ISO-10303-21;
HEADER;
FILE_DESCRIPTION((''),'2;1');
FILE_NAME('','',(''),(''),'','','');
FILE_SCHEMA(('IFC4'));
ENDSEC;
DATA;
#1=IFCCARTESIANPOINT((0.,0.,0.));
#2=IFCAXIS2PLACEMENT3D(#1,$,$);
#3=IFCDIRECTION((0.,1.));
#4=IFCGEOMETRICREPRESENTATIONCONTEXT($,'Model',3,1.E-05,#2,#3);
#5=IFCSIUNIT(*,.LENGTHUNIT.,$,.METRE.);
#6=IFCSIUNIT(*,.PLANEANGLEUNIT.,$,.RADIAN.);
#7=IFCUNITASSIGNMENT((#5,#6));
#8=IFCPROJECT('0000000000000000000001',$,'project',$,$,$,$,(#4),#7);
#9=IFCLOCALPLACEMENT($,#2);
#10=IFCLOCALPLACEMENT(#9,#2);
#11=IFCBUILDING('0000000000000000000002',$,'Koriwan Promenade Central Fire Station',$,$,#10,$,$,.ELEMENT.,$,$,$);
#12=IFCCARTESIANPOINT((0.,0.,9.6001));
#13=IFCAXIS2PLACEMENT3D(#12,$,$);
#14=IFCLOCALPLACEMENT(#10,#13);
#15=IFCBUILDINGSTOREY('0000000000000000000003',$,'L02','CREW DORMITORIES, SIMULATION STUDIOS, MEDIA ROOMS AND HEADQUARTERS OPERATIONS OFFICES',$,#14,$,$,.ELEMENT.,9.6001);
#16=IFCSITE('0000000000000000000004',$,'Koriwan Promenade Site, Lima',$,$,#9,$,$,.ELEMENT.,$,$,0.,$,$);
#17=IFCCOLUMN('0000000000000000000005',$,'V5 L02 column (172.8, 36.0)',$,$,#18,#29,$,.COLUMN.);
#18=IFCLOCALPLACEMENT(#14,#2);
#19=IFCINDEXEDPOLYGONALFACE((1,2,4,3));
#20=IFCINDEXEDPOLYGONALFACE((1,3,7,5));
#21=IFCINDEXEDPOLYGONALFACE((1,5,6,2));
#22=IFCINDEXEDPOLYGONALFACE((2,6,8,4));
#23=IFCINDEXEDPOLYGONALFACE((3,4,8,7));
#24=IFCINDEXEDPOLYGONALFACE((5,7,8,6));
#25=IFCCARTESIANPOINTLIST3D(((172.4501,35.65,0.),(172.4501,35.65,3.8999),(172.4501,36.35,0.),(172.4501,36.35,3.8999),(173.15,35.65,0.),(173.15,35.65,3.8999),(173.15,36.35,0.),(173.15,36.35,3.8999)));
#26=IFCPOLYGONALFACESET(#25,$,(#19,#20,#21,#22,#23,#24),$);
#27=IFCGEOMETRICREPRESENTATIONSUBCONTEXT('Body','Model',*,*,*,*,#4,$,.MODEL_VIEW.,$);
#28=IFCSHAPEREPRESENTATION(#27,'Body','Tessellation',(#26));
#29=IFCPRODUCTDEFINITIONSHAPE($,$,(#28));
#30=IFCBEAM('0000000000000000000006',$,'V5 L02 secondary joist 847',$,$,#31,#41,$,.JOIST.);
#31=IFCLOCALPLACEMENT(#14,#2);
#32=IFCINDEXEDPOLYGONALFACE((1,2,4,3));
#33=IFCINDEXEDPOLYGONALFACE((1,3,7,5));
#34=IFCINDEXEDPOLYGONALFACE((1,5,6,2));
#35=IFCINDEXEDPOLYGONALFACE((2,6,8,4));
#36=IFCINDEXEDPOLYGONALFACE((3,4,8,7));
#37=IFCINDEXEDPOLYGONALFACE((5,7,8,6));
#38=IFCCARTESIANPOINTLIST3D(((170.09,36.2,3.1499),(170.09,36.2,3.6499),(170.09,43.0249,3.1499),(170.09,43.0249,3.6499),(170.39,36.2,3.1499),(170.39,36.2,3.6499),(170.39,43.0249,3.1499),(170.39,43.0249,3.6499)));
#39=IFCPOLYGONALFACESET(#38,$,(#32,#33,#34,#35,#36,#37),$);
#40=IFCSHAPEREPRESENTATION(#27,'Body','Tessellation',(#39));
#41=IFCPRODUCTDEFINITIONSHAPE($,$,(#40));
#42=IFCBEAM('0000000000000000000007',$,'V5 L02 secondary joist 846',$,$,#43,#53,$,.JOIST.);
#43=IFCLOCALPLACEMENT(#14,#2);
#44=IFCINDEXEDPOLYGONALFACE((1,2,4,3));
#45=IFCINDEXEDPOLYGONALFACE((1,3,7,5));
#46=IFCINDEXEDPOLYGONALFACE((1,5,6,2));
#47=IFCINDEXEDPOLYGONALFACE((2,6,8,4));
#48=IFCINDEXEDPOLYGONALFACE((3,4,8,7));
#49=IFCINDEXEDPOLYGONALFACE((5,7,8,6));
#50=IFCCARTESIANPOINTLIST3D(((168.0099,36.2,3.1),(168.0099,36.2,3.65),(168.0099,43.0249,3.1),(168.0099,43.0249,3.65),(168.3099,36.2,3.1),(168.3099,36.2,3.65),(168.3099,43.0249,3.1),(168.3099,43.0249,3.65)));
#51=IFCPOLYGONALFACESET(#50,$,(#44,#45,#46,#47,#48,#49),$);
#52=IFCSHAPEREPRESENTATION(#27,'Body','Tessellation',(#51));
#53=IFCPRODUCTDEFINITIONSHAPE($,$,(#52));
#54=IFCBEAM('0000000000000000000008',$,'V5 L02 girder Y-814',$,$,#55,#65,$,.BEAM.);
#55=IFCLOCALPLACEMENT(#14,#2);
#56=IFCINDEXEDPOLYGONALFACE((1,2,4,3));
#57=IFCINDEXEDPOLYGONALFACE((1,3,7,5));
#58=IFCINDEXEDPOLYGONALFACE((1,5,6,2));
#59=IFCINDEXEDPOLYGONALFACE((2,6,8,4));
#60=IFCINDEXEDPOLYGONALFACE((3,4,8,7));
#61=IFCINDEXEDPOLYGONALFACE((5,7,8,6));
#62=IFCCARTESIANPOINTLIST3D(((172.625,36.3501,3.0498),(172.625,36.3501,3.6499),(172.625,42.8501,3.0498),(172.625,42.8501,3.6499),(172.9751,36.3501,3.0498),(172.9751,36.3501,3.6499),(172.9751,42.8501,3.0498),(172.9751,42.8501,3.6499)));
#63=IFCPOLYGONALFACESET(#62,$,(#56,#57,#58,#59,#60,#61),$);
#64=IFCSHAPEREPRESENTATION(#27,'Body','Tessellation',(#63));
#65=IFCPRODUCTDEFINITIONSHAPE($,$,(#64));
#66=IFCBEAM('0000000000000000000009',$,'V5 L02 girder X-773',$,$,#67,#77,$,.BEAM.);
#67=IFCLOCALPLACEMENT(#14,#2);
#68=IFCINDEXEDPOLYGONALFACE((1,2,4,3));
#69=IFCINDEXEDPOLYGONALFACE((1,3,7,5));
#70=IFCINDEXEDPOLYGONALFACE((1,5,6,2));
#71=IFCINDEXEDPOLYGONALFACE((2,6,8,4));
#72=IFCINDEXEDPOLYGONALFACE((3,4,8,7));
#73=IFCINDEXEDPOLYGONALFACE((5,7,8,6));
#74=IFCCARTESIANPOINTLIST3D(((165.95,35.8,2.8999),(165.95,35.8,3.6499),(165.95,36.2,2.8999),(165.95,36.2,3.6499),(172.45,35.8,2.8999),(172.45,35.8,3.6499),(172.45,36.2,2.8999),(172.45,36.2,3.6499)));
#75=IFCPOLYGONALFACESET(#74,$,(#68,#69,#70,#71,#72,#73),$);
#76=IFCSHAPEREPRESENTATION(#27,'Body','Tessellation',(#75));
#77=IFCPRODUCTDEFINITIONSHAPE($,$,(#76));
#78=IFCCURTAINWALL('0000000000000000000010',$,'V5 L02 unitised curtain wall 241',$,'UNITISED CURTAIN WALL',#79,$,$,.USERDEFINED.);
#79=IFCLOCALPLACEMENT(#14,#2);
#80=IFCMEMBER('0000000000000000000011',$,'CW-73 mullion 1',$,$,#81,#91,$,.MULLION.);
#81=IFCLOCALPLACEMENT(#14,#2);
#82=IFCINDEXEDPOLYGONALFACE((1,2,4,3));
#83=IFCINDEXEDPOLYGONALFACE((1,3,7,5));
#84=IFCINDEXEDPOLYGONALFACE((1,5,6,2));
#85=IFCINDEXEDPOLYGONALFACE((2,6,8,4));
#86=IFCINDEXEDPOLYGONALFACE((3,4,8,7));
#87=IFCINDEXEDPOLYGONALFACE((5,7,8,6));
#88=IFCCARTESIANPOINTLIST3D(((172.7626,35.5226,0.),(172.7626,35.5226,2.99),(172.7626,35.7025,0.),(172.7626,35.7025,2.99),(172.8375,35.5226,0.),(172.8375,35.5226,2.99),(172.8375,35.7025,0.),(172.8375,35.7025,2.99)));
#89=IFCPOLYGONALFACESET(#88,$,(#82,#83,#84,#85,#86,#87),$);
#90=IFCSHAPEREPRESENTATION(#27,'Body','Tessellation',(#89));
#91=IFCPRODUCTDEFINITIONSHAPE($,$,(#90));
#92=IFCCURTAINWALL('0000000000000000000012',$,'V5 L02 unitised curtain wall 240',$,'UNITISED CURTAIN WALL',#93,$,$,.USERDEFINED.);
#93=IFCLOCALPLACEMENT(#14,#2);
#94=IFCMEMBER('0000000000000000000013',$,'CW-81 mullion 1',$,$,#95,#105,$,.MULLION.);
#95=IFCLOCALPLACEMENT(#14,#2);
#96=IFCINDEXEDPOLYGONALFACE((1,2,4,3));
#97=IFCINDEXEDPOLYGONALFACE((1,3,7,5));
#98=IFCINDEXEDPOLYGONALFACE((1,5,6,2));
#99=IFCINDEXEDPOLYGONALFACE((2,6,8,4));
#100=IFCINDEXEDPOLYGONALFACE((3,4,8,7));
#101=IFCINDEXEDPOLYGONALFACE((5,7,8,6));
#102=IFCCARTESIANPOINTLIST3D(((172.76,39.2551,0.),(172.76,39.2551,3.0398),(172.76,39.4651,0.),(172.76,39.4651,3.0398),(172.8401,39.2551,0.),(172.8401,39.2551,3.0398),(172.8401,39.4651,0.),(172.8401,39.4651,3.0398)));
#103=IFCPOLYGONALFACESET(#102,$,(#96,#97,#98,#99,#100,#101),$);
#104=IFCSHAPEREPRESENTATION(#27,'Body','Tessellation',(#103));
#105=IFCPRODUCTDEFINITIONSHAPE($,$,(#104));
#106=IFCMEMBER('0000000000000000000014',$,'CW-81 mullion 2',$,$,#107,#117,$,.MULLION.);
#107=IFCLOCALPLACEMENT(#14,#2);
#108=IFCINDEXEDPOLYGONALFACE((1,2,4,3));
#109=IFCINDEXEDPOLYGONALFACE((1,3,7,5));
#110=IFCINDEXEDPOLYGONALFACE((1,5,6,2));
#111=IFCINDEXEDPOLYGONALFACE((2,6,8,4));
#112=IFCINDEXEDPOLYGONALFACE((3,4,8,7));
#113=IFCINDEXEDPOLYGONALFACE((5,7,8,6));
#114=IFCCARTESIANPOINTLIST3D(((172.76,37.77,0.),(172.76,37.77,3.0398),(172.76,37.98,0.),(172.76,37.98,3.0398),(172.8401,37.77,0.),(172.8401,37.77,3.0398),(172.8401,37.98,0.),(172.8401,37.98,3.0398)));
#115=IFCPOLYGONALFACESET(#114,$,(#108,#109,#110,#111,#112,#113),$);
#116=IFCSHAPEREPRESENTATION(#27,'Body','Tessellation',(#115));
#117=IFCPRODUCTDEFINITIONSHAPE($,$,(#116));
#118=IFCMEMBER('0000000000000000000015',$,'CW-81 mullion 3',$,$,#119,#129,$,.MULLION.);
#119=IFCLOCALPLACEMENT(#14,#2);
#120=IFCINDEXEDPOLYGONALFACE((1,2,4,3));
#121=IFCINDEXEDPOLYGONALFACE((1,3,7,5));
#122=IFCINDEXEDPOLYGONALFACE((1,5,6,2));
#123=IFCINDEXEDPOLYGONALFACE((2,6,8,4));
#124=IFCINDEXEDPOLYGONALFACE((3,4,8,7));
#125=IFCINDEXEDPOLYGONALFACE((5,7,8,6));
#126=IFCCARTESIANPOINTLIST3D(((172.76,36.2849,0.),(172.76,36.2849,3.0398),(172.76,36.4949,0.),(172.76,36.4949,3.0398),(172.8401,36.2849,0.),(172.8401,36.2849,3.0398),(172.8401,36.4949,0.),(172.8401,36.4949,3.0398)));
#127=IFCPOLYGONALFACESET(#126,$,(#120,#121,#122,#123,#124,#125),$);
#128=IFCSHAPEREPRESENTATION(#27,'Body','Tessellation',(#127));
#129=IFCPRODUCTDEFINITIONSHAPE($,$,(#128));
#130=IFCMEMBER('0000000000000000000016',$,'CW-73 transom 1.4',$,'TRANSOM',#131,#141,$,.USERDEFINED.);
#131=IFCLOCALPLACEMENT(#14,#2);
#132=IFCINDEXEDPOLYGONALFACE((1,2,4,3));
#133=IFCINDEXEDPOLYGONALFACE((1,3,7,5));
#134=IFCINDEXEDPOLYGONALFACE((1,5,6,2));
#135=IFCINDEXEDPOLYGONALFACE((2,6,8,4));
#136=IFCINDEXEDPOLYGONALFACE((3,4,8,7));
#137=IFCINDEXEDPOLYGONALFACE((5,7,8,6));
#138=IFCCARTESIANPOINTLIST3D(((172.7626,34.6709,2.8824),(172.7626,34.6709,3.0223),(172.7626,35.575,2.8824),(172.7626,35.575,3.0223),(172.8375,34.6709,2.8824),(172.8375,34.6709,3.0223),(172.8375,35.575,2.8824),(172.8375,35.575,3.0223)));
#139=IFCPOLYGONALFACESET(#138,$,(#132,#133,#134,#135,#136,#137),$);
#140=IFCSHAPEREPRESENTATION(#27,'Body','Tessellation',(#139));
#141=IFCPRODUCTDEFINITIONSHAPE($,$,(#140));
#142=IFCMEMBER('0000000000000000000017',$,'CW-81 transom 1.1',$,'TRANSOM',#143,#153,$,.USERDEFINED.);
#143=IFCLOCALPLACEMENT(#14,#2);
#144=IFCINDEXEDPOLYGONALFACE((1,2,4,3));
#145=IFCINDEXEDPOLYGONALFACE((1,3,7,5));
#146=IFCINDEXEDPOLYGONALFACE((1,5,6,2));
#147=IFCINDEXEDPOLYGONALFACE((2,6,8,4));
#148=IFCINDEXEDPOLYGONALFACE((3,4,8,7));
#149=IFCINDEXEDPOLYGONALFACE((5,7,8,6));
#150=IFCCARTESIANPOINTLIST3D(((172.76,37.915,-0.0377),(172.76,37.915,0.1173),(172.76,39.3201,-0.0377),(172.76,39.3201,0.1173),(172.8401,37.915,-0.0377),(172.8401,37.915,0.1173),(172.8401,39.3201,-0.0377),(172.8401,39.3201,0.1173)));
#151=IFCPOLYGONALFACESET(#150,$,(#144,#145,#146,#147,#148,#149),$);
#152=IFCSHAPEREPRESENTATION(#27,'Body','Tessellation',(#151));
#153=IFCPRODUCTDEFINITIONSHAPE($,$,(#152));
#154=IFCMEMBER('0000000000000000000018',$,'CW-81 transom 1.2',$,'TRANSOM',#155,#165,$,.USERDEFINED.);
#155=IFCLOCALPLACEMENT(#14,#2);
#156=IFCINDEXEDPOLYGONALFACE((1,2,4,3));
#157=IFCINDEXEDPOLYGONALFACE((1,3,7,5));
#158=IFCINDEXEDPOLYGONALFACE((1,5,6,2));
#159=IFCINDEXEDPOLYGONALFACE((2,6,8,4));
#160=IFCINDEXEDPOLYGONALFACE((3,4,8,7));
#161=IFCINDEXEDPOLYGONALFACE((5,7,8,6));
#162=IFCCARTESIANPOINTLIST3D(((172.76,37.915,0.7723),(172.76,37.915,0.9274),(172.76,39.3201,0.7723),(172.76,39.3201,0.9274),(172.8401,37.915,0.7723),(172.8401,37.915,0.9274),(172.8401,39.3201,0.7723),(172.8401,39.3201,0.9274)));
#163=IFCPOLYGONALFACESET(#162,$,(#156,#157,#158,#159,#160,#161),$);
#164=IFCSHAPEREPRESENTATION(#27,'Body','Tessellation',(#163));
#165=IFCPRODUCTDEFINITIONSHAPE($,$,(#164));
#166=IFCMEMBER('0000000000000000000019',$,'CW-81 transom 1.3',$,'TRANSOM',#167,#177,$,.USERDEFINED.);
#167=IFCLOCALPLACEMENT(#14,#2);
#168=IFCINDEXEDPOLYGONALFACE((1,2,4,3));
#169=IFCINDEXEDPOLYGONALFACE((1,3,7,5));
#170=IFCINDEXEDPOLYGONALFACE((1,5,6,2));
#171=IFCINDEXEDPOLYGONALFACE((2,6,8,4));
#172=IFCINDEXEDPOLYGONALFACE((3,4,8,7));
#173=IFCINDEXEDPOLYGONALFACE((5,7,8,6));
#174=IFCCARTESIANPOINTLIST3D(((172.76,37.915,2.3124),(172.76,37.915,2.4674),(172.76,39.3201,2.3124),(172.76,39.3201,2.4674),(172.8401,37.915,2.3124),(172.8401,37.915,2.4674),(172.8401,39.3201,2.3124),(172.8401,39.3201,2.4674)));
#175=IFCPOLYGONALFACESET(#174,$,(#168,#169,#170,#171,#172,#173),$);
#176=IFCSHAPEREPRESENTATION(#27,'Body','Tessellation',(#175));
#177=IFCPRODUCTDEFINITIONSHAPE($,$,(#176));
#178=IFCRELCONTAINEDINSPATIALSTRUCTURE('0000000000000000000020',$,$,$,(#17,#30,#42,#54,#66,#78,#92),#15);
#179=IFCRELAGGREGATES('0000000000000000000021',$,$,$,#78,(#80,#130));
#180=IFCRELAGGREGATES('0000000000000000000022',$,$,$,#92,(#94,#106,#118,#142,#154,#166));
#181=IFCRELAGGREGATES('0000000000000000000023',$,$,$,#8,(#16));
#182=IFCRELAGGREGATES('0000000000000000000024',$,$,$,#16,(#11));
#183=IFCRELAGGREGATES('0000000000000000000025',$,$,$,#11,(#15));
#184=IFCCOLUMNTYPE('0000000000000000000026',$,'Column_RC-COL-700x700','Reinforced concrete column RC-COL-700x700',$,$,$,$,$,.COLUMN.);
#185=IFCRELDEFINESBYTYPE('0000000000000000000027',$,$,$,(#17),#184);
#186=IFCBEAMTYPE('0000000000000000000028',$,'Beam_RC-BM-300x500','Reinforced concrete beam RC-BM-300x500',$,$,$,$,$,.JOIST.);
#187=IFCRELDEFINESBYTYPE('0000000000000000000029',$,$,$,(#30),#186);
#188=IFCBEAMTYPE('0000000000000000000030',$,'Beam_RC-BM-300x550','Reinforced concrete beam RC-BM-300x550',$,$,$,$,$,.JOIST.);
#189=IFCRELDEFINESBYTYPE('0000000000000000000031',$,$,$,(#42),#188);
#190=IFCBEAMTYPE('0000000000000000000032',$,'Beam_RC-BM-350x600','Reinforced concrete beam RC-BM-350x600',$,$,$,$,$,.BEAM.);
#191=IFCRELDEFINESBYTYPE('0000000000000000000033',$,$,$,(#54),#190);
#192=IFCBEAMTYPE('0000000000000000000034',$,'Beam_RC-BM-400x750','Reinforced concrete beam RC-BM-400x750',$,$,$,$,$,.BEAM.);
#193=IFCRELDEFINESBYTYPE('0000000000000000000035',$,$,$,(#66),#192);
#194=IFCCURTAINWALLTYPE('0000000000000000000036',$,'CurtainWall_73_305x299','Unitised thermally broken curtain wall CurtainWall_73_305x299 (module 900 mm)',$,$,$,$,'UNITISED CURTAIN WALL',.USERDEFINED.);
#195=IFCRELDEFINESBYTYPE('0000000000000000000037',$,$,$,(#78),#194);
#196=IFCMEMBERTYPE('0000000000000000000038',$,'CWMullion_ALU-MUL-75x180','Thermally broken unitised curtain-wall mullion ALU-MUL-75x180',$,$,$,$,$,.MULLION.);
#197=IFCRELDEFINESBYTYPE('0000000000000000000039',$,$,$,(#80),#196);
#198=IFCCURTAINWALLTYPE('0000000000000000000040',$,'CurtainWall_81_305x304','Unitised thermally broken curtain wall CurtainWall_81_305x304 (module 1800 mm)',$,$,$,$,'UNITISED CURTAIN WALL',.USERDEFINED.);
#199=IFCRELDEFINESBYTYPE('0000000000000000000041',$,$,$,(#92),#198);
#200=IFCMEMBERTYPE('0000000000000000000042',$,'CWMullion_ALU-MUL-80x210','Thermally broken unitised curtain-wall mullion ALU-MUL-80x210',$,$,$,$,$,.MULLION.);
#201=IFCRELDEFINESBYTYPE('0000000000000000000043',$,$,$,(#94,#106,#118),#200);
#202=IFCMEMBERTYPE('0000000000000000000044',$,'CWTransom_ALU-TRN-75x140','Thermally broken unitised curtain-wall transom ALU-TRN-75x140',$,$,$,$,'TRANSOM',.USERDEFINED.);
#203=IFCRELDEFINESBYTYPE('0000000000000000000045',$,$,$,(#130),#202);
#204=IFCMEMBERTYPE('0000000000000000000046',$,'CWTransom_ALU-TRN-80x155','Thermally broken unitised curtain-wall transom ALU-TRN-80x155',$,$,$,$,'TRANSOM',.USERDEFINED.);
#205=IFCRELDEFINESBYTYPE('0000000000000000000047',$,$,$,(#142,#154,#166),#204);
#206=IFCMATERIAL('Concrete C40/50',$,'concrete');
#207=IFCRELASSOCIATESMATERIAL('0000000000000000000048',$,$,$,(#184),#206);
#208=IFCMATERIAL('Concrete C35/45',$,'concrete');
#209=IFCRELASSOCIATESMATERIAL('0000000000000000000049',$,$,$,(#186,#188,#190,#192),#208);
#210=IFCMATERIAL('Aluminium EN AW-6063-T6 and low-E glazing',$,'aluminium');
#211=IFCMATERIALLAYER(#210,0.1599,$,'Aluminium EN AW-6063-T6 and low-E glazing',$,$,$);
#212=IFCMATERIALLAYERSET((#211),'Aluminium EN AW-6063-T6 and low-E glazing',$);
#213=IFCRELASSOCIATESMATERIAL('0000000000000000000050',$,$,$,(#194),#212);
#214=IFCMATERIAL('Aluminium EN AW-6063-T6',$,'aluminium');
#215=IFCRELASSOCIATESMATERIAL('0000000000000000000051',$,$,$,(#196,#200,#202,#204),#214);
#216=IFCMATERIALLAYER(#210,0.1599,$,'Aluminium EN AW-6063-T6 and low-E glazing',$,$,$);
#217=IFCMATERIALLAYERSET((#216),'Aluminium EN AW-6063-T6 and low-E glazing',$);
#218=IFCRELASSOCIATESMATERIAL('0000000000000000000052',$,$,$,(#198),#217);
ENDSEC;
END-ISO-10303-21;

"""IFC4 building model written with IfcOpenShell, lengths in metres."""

from ifc_helpers import new_model, si_unit, direction, frame, origin, origin_2d, place, context, subcontext, project, spatial, rectangle, extrude, material, layer, layer_set, material_profile, profile_set, type_object, element, aggregate, save


model = new_model("IFC4")

# Units and contexts
model_context = context("Model", 3, precision=1e-05, world=origin(), true_north=direction((0.0, 1.0)))
body_context = subcontext(model_context, "Body", "Model", "MODEL_VIEW")
ifc_project = project(units=[si_unit("LENGTHUNIT", "METRE"), si_unit("PLANEANGLEUNIT", "RADIAN")], contexts=[model_context])

# Site, building, storey
site_placement = place(None, origin())
site = spatial("IfcSite", under=ifc_project, at=site_placement, Name="Koriwan Promenade Site, Lima", CompositionType="ELEMENT", RefElevation=0.0)
building_placement = place(site_placement, origin())
building = spatial("IfcBuilding", under=site, at=building_placement, Name="Koriwan Promenade Central Fire Station", CompositionType="ELEMENT")
storey_placement = place(building_placement, frame((0.0, 0.0, 9.6001)))
storey = spatial("IfcBuildingStorey", under=building, at=storey_placement, Name="L02", Description="CREW DORMITORIES, SIMULATION STUDIOS, MEDIA ROOMS AND HEADQUARTERS OPERATIONS OFFICES", CompositionType="ELEMENT", Elevation=9.6001)

# Column
ifc_material_1 = material(Name="Concrete C40/50", Category="concrete")
ifc_material_profile_1 = material_profile(ifc_material_1, rectangle(XDim=0.7, YDim=0.7, at=origin_2d()), Name="RC-COL-700x700")
ifc_profile_set_1 = profile_set([ifc_material_profile_1], Name="Concrete C40/50")
column_type = type_object("IfcColumnType", Name="Column_RC-COL-700x700", Description="Reinforced concrete column RC-COL-700x700", PredefinedType="COLUMN", material=ifc_profile_set_1)
column_placement = place(storey_placement, frame((172.8, 36.0, 0.0), z_axis=(0.0, 0.0, 1.0), x_axis=(1.0, 0.0, 0.0)))
element("IfcColumn", 1, at=column_placement, inside=storey, type_object=column_type, Name="V5 L02 column (172.8, 36.0)", PredefinedType="COLUMN", context=body_context, shape_type="SweptSolid", body=[
    extrude(rectangle(XDim=0.7, YDim=0.7, at=origin_2d()), origin(), (0.0, 0.0, 1.0), 3.8999),
])

# Beams
ifc_material_2 = material(Name="Concrete C35/45", Category="concrete")
ifc_material_profile_2 = material_profile(ifc_material_2, rectangle(XDim=0.3, YDim=0.5, at=origin_2d()), Name="RC-BM-300x500")
ifc_profile_set_2 = profile_set([ifc_material_profile_2], Name="Concrete C35/45")
beam_type_1 = type_object("IfcBeamType", Name="Beam_RC-BM-300x500", Description="Reinforced concrete beam RC-BM-300x500", PredefinedType="JOIST", material=ifc_profile_set_2)
beam_1_placement = place(storey_placement, frame((170.24, 36.2, 3.3999), z_axis=(0.0, 1.0, 0.0), x_axis=(-1.0, 0.0, 0.0)))
element("IfcBeam", 2, at=beam_1_placement, inside=storey, type_object=beam_type_1, Name="V5 L02 secondary joist 847", PredefinedType="JOIST", context=body_context, shape_type="SweptSolid", body=[
    extrude(rectangle(XDim=0.3, YDim=0.5, at=origin_2d()), origin(), (0.0, 0.0, 1.0), 6.825),
])
ifc_material_profile_3 = material_profile(ifc_material_2, rectangle(XDim=0.3, YDim=0.55, at=origin_2d()), Name="RC-BM-300x550")
ifc_profile_set_3 = profile_set([ifc_material_profile_3], Name="Concrete C35/45")
beam_type_2 = type_object("IfcBeamType", Name="Beam_RC-BM-300x550", Description="Reinforced concrete beam RC-BM-300x550", PredefinedType="JOIST", material=ifc_profile_set_3)
beam_2_placement = place(storey_placement, frame((168.1599, 36.2, 3.375), z_axis=(0.0, 1.0, 0.0), x_axis=(-1.0, 0.0, 0.0)))
element("IfcBeam", 3, at=beam_2_placement, inside=storey, type_object=beam_type_2, Name="V5 L02 secondary joist 846", PredefinedType="JOIST", context=body_context, shape_type="SweptSolid", body=[
    extrude(rectangle(XDim=0.3, YDim=0.55, at=origin_2d()), origin(), (0.0, 0.0, 1.0), 6.825),
])
ifc_material_profile_4 = material_profile(ifc_material_2, rectangle(XDim=0.3501, YDim=0.6001, at=origin_2d()), Name="RC-BM-350x600")
ifc_profile_set_4 = profile_set([ifc_material_profile_4], Name="Concrete C35/45")
beam_type_3 = type_object("IfcBeamType", Name="Beam_RC-BM-350x600", Description="Reinforced concrete beam RC-BM-350x600", PredefinedType="BEAM", material=ifc_profile_set_4)
beam_3_placement = place(storey_placement, frame((172.8, 36.3501, 3.3499), z_axis=(0.0, 1.0, 0.0), x_axis=(-1.0, 0.0, 0.0)))
element("IfcBeam", 4, at=beam_3_placement, inside=storey, type_object=beam_type_3, Name="V5 L02 girder Y-814", PredefinedType="BEAM", context=body_context, shape_type="SweptSolid", body=[
    extrude(rectangle(XDim=0.3501, YDim=0.6001, at=origin_2d()), origin(), (0.0, 0.0, 1.0), 6.5),
])
ifc_material_profile_5 = material_profile(ifc_material_2, rectangle(XDim=0.3999, YDim=0.75, at=origin_2d()), Name="RC-BM-400x750")
ifc_profile_set_5 = profile_set([ifc_material_profile_5], Name="Concrete C35/45")
beam_type_4 = type_object("IfcBeamType", Name="Beam_RC-BM-400x750", Description="Reinforced concrete beam RC-BM-400x750", PredefinedType="BEAM", material=ifc_profile_set_5)
beam_4_placement = place(storey_placement, frame((165.95, 36.0, 3.2749), z_axis=(1.0, 0.0, 0.0), x_axis=(0.0, 1.0, 0.0)))
element("IfcBeam", 5, at=beam_4_placement, inside=storey, type_object=beam_type_4, Name="V5 L02 girder X-773", PredefinedType="BEAM", context=body_context, shape_type="SweptSolid", body=[
    extrude(rectangle(XDim=0.3999, YDim=0.75, at=origin_2d()), origin(), (0.0, 0.0, 1.0), 6.5),
])

# Curtain wall, member
ifc_material_3 = material(Name="Aluminium EN AW-6063-T6 and low-E glazing", Category="aluminium")
ifc_layer_1 = layer(ifc_material_3, 0.1599, Name="Aluminium EN AW-6063-T6 and low-E glazing")
ifc_layer_set_1 = layer_set([ifc_layer_1], Name="Aluminium EN AW-6063-T6 and low-E glazing")
curtain_wall_type_1 = type_object("IfcCurtainWallType", Name="CurtainWall_73_305x299", Description="Unitised thermally broken curtain wall CurtainWall_73_305x299 (module 900 mm)", ElementType="UNITISED CURTAIN WALL", PredefinedType="USERDEFINED", material=ifc_layer_set_1)
curtain_wall_1_placement = place(storey_placement, origin())
curtain_wall_1 = element("IfcCurtainWall", 6, at=curtain_wall_1_placement, inside=storey, type_object=curtain_wall_type_1, Name="V5 L02 unitised curtain wall 241", ObjectType="UNITISED CURTAIN WALL", PredefinedType="USERDEFINED")
ifc_material_4 = material(Name="Aluminium EN AW-6063-T6", Category="aluminium")
ifc_material_profile_6 = material_profile(ifc_material_4, rectangle(XDim=0.075, YDim=0.1799, at=origin_2d()), Name="ALU-MUL-75x180")
ifc_profile_set_6 = profile_set([ifc_material_profile_6], Name="Aluminium EN AW-6063-T6")
member_type_1 = type_object("IfcMemberType", Name="CWMullion_ALU-MUL-75x180", Description="Thermally broken unitised curtain-wall mullion ALU-MUL-75x180", PredefinedType="MULLION", material=ifc_profile_set_6)
member_1_placement = place(storey_placement, frame((172.8, 35.6125, 0.0), z_axis=(0.0, 0.0, 1.0), x_axis=(1.0, 0.0, 0.0)))
member_1 = element("IfcMember", 7, at=member_1_placement, type_object=member_type_1, Name="CW-73 mullion 1", PredefinedType="MULLION", context=body_context, shape_type="SweptSolid", body=[
    extrude(rectangle(XDim=0.075, YDim=0.1799, at=origin_2d()), origin(), (0.0, 0.0, 1.0), 2.99),
])

# Curtain wall, members
ifc_layer_2 = layer(ifc_material_3, 0.1599, Name="Aluminium EN AW-6063-T6 and low-E glazing")
ifc_layer_set_2 = layer_set([ifc_layer_2], Name="Aluminium EN AW-6063-T6 and low-E glazing")
curtain_wall_type_2 = type_object("IfcCurtainWallType", Name="CurtainWall_81_305x304", Description="Unitised thermally broken curtain wall CurtainWall_81_305x304 (module 1800 mm)", ElementType="UNITISED CURTAIN WALL", PredefinedType="USERDEFINED", material=ifc_layer_set_2)
curtain_wall_2_placement = place(storey_placement, origin())
curtain_wall_2 = element("IfcCurtainWall", 8, at=curtain_wall_2_placement, inside=storey, type_object=curtain_wall_type_2, Name="V5 L02 unitised curtain wall 240", ObjectType="UNITISED CURTAIN WALL", PredefinedType="USERDEFINED")
ifc_material_profile_7 = material_profile(ifc_material_4, rectangle(XDim=0.0801, YDim=0.21, at=origin_2d()), Name="ALU-MUL-80x210")
ifc_profile_set_7 = profile_set([ifc_material_profile_7], Name="Aluminium EN AW-6063-T6")
member_type_2 = type_object("IfcMemberType", Name="CWMullion_ALU-MUL-80x210", Description="Thermally broken unitised curtain-wall mullion ALU-MUL-80x210", PredefinedType="MULLION", material=ifc_profile_set_7)
member_2_placement = place(storey_placement, frame((172.8, 39.3601, 0.0), z_axis=(0.0, 0.0, 1.0), x_axis=(1.0, 0.0, 0.0)))
member_2 = element("IfcMember", 9, at=member_2_placement, type_object=member_type_2, Name="CW-81 mullion 1", PredefinedType="MULLION", context=body_context, shape_type="SweptSolid", body=[
    extrude(rectangle(XDim=0.0801, YDim=0.21, at=origin_2d()), origin(), (0.0, 0.0, 1.0), 3.0398),
])
member_3_placement = place(storey_placement, frame((172.8, 37.875, 0.0), z_axis=(0.0, 0.0, 1.0), x_axis=(1.0, 0.0, 0.0)))
member_3 = element("IfcMember", 10, at=member_3_placement, type_object=member_type_2, Name="CW-81 mullion 2", PredefinedType="MULLION", context=body_context, shape_type="SweptSolid", body=[
    extrude(rectangle(XDim=0.0801, YDim=0.21, at=origin_2d()), origin(), (0.0, 0.0, 1.0), 3.0398),
])
member_4_placement = place(storey_placement, frame((172.8, 36.3899, 0.0), z_axis=(0.0, 0.0, 1.0), x_axis=(1.0, 0.0, 0.0)))
member_4 = element("IfcMember", 11, at=member_4_placement, type_object=member_type_2, Name="CW-81 mullion 3", PredefinedType="MULLION", context=body_context, shape_type="SweptSolid", body=[
    extrude(rectangle(XDim=0.0801, YDim=0.21, at=origin_2d()), origin(), (0.0, 0.0, 1.0), 3.0398),
])

# Members
ifc_material_profile_8 = material_profile(ifc_material_4, rectangle(XDim=0.075, YDim=0.1399, at=origin_2d()), Name="ALU-TRN-75x140")
ifc_profile_set_8 = profile_set([ifc_material_profile_8], Name="Aluminium EN AW-6063-T6")
member_type_3 = type_object("IfcMemberType", Name="CWTransom_ALU-TRN-75x140", Description="Thermally broken unitised curtain-wall transom ALU-TRN-75x140", ElementType="TRANSOM", PredefinedType="USERDEFINED", material=ifc_profile_set_8)
member_5_placement = place(storey_placement, frame((172.8, 35.575, 2.9524), z_axis=(0.0, -1.0, 0.0), x_axis=(1.0, 0.0, 0.0)))
member_5 = element("IfcMember", 12, at=member_5_placement, type_object=member_type_3, Name="CW-73 transom 1.4", ObjectType="TRANSOM", PredefinedType="USERDEFINED", context=body_context, shape_type="SweptSolid", body=[
    extrude(rectangle(XDim=0.075, YDim=0.1399, at=origin_2d()), origin(), (0.0, 0.0, 1.0), 0.9041),
])
aggregate(curtain_wall_1, [member_1, member_5])
ifc_material_profile_9 = material_profile(ifc_material_4, rectangle(XDim=0.0801, YDim=0.155, at=origin_2d()), Name="ALU-TRN-80x155")
ifc_profile_set_9 = profile_set([ifc_material_profile_9], Name="Aluminium EN AW-6063-T6")
member_type_4 = type_object("IfcMemberType", Name="CWTransom_ALU-TRN-80x155", Description="Thermally broken unitised curtain-wall transom ALU-TRN-80x155", ElementType="TRANSOM", PredefinedType="USERDEFINED", material=ifc_profile_set_9)
member_6_placement = place(storey_placement, frame((172.8, 39.3201, 0.0398), z_axis=(0.0, -1.0, 0.0), x_axis=(1.0, 0.0, 0.0)))
member_6 = element("IfcMember", 13, at=member_6_placement, type_object=member_type_4, Name="CW-81 transom 1.1", ObjectType="TRANSOM", PredefinedType="USERDEFINED", context=body_context, shape_type="SweptSolid", body=[
    extrude(rectangle(XDim=0.0801, YDim=0.155, at=origin_2d()), origin(), (0.0, 0.0, 1.0), 1.405),
])
member_7_placement = place(storey_placement, frame((172.8, 39.3201, 0.8499), z_axis=(0.0, -1.0, 0.0), x_axis=(1.0, 0.0, 0.0)))
member_7 = element("IfcMember", 14, at=member_7_placement, type_object=member_type_4, Name="CW-81 transom 1.2", ObjectType="TRANSOM", PredefinedType="USERDEFINED", context=body_context, shape_type="SweptSolid", body=[
    extrude(rectangle(XDim=0.0801, YDim=0.155, at=origin_2d()), origin(), (0.0, 0.0, 1.0), 1.405),
])
member_8_placement = place(storey_placement, frame((172.8, 39.3201, 2.3899), z_axis=(0.0, -1.0, 0.0), x_axis=(1.0, 0.0, 0.0)))
member_8 = element("IfcMember", 15, at=member_8_placement, type_object=member_type_4, Name="CW-81 transom 1.3", ObjectType="TRANSOM", PredefinedType="USERDEFINED", context=body_context, shape_type="SweptSolid", body=[
    extrude(rectangle(XDim=0.0801, YDim=0.155, at=origin_2d()), origin(), (0.0, 0.0, 1.0), 1.405),
])

aggregate(curtain_wall_2, [member_2, member_3, member_4, member_6, member_7, member_8])

save(model, "model.ifc")
